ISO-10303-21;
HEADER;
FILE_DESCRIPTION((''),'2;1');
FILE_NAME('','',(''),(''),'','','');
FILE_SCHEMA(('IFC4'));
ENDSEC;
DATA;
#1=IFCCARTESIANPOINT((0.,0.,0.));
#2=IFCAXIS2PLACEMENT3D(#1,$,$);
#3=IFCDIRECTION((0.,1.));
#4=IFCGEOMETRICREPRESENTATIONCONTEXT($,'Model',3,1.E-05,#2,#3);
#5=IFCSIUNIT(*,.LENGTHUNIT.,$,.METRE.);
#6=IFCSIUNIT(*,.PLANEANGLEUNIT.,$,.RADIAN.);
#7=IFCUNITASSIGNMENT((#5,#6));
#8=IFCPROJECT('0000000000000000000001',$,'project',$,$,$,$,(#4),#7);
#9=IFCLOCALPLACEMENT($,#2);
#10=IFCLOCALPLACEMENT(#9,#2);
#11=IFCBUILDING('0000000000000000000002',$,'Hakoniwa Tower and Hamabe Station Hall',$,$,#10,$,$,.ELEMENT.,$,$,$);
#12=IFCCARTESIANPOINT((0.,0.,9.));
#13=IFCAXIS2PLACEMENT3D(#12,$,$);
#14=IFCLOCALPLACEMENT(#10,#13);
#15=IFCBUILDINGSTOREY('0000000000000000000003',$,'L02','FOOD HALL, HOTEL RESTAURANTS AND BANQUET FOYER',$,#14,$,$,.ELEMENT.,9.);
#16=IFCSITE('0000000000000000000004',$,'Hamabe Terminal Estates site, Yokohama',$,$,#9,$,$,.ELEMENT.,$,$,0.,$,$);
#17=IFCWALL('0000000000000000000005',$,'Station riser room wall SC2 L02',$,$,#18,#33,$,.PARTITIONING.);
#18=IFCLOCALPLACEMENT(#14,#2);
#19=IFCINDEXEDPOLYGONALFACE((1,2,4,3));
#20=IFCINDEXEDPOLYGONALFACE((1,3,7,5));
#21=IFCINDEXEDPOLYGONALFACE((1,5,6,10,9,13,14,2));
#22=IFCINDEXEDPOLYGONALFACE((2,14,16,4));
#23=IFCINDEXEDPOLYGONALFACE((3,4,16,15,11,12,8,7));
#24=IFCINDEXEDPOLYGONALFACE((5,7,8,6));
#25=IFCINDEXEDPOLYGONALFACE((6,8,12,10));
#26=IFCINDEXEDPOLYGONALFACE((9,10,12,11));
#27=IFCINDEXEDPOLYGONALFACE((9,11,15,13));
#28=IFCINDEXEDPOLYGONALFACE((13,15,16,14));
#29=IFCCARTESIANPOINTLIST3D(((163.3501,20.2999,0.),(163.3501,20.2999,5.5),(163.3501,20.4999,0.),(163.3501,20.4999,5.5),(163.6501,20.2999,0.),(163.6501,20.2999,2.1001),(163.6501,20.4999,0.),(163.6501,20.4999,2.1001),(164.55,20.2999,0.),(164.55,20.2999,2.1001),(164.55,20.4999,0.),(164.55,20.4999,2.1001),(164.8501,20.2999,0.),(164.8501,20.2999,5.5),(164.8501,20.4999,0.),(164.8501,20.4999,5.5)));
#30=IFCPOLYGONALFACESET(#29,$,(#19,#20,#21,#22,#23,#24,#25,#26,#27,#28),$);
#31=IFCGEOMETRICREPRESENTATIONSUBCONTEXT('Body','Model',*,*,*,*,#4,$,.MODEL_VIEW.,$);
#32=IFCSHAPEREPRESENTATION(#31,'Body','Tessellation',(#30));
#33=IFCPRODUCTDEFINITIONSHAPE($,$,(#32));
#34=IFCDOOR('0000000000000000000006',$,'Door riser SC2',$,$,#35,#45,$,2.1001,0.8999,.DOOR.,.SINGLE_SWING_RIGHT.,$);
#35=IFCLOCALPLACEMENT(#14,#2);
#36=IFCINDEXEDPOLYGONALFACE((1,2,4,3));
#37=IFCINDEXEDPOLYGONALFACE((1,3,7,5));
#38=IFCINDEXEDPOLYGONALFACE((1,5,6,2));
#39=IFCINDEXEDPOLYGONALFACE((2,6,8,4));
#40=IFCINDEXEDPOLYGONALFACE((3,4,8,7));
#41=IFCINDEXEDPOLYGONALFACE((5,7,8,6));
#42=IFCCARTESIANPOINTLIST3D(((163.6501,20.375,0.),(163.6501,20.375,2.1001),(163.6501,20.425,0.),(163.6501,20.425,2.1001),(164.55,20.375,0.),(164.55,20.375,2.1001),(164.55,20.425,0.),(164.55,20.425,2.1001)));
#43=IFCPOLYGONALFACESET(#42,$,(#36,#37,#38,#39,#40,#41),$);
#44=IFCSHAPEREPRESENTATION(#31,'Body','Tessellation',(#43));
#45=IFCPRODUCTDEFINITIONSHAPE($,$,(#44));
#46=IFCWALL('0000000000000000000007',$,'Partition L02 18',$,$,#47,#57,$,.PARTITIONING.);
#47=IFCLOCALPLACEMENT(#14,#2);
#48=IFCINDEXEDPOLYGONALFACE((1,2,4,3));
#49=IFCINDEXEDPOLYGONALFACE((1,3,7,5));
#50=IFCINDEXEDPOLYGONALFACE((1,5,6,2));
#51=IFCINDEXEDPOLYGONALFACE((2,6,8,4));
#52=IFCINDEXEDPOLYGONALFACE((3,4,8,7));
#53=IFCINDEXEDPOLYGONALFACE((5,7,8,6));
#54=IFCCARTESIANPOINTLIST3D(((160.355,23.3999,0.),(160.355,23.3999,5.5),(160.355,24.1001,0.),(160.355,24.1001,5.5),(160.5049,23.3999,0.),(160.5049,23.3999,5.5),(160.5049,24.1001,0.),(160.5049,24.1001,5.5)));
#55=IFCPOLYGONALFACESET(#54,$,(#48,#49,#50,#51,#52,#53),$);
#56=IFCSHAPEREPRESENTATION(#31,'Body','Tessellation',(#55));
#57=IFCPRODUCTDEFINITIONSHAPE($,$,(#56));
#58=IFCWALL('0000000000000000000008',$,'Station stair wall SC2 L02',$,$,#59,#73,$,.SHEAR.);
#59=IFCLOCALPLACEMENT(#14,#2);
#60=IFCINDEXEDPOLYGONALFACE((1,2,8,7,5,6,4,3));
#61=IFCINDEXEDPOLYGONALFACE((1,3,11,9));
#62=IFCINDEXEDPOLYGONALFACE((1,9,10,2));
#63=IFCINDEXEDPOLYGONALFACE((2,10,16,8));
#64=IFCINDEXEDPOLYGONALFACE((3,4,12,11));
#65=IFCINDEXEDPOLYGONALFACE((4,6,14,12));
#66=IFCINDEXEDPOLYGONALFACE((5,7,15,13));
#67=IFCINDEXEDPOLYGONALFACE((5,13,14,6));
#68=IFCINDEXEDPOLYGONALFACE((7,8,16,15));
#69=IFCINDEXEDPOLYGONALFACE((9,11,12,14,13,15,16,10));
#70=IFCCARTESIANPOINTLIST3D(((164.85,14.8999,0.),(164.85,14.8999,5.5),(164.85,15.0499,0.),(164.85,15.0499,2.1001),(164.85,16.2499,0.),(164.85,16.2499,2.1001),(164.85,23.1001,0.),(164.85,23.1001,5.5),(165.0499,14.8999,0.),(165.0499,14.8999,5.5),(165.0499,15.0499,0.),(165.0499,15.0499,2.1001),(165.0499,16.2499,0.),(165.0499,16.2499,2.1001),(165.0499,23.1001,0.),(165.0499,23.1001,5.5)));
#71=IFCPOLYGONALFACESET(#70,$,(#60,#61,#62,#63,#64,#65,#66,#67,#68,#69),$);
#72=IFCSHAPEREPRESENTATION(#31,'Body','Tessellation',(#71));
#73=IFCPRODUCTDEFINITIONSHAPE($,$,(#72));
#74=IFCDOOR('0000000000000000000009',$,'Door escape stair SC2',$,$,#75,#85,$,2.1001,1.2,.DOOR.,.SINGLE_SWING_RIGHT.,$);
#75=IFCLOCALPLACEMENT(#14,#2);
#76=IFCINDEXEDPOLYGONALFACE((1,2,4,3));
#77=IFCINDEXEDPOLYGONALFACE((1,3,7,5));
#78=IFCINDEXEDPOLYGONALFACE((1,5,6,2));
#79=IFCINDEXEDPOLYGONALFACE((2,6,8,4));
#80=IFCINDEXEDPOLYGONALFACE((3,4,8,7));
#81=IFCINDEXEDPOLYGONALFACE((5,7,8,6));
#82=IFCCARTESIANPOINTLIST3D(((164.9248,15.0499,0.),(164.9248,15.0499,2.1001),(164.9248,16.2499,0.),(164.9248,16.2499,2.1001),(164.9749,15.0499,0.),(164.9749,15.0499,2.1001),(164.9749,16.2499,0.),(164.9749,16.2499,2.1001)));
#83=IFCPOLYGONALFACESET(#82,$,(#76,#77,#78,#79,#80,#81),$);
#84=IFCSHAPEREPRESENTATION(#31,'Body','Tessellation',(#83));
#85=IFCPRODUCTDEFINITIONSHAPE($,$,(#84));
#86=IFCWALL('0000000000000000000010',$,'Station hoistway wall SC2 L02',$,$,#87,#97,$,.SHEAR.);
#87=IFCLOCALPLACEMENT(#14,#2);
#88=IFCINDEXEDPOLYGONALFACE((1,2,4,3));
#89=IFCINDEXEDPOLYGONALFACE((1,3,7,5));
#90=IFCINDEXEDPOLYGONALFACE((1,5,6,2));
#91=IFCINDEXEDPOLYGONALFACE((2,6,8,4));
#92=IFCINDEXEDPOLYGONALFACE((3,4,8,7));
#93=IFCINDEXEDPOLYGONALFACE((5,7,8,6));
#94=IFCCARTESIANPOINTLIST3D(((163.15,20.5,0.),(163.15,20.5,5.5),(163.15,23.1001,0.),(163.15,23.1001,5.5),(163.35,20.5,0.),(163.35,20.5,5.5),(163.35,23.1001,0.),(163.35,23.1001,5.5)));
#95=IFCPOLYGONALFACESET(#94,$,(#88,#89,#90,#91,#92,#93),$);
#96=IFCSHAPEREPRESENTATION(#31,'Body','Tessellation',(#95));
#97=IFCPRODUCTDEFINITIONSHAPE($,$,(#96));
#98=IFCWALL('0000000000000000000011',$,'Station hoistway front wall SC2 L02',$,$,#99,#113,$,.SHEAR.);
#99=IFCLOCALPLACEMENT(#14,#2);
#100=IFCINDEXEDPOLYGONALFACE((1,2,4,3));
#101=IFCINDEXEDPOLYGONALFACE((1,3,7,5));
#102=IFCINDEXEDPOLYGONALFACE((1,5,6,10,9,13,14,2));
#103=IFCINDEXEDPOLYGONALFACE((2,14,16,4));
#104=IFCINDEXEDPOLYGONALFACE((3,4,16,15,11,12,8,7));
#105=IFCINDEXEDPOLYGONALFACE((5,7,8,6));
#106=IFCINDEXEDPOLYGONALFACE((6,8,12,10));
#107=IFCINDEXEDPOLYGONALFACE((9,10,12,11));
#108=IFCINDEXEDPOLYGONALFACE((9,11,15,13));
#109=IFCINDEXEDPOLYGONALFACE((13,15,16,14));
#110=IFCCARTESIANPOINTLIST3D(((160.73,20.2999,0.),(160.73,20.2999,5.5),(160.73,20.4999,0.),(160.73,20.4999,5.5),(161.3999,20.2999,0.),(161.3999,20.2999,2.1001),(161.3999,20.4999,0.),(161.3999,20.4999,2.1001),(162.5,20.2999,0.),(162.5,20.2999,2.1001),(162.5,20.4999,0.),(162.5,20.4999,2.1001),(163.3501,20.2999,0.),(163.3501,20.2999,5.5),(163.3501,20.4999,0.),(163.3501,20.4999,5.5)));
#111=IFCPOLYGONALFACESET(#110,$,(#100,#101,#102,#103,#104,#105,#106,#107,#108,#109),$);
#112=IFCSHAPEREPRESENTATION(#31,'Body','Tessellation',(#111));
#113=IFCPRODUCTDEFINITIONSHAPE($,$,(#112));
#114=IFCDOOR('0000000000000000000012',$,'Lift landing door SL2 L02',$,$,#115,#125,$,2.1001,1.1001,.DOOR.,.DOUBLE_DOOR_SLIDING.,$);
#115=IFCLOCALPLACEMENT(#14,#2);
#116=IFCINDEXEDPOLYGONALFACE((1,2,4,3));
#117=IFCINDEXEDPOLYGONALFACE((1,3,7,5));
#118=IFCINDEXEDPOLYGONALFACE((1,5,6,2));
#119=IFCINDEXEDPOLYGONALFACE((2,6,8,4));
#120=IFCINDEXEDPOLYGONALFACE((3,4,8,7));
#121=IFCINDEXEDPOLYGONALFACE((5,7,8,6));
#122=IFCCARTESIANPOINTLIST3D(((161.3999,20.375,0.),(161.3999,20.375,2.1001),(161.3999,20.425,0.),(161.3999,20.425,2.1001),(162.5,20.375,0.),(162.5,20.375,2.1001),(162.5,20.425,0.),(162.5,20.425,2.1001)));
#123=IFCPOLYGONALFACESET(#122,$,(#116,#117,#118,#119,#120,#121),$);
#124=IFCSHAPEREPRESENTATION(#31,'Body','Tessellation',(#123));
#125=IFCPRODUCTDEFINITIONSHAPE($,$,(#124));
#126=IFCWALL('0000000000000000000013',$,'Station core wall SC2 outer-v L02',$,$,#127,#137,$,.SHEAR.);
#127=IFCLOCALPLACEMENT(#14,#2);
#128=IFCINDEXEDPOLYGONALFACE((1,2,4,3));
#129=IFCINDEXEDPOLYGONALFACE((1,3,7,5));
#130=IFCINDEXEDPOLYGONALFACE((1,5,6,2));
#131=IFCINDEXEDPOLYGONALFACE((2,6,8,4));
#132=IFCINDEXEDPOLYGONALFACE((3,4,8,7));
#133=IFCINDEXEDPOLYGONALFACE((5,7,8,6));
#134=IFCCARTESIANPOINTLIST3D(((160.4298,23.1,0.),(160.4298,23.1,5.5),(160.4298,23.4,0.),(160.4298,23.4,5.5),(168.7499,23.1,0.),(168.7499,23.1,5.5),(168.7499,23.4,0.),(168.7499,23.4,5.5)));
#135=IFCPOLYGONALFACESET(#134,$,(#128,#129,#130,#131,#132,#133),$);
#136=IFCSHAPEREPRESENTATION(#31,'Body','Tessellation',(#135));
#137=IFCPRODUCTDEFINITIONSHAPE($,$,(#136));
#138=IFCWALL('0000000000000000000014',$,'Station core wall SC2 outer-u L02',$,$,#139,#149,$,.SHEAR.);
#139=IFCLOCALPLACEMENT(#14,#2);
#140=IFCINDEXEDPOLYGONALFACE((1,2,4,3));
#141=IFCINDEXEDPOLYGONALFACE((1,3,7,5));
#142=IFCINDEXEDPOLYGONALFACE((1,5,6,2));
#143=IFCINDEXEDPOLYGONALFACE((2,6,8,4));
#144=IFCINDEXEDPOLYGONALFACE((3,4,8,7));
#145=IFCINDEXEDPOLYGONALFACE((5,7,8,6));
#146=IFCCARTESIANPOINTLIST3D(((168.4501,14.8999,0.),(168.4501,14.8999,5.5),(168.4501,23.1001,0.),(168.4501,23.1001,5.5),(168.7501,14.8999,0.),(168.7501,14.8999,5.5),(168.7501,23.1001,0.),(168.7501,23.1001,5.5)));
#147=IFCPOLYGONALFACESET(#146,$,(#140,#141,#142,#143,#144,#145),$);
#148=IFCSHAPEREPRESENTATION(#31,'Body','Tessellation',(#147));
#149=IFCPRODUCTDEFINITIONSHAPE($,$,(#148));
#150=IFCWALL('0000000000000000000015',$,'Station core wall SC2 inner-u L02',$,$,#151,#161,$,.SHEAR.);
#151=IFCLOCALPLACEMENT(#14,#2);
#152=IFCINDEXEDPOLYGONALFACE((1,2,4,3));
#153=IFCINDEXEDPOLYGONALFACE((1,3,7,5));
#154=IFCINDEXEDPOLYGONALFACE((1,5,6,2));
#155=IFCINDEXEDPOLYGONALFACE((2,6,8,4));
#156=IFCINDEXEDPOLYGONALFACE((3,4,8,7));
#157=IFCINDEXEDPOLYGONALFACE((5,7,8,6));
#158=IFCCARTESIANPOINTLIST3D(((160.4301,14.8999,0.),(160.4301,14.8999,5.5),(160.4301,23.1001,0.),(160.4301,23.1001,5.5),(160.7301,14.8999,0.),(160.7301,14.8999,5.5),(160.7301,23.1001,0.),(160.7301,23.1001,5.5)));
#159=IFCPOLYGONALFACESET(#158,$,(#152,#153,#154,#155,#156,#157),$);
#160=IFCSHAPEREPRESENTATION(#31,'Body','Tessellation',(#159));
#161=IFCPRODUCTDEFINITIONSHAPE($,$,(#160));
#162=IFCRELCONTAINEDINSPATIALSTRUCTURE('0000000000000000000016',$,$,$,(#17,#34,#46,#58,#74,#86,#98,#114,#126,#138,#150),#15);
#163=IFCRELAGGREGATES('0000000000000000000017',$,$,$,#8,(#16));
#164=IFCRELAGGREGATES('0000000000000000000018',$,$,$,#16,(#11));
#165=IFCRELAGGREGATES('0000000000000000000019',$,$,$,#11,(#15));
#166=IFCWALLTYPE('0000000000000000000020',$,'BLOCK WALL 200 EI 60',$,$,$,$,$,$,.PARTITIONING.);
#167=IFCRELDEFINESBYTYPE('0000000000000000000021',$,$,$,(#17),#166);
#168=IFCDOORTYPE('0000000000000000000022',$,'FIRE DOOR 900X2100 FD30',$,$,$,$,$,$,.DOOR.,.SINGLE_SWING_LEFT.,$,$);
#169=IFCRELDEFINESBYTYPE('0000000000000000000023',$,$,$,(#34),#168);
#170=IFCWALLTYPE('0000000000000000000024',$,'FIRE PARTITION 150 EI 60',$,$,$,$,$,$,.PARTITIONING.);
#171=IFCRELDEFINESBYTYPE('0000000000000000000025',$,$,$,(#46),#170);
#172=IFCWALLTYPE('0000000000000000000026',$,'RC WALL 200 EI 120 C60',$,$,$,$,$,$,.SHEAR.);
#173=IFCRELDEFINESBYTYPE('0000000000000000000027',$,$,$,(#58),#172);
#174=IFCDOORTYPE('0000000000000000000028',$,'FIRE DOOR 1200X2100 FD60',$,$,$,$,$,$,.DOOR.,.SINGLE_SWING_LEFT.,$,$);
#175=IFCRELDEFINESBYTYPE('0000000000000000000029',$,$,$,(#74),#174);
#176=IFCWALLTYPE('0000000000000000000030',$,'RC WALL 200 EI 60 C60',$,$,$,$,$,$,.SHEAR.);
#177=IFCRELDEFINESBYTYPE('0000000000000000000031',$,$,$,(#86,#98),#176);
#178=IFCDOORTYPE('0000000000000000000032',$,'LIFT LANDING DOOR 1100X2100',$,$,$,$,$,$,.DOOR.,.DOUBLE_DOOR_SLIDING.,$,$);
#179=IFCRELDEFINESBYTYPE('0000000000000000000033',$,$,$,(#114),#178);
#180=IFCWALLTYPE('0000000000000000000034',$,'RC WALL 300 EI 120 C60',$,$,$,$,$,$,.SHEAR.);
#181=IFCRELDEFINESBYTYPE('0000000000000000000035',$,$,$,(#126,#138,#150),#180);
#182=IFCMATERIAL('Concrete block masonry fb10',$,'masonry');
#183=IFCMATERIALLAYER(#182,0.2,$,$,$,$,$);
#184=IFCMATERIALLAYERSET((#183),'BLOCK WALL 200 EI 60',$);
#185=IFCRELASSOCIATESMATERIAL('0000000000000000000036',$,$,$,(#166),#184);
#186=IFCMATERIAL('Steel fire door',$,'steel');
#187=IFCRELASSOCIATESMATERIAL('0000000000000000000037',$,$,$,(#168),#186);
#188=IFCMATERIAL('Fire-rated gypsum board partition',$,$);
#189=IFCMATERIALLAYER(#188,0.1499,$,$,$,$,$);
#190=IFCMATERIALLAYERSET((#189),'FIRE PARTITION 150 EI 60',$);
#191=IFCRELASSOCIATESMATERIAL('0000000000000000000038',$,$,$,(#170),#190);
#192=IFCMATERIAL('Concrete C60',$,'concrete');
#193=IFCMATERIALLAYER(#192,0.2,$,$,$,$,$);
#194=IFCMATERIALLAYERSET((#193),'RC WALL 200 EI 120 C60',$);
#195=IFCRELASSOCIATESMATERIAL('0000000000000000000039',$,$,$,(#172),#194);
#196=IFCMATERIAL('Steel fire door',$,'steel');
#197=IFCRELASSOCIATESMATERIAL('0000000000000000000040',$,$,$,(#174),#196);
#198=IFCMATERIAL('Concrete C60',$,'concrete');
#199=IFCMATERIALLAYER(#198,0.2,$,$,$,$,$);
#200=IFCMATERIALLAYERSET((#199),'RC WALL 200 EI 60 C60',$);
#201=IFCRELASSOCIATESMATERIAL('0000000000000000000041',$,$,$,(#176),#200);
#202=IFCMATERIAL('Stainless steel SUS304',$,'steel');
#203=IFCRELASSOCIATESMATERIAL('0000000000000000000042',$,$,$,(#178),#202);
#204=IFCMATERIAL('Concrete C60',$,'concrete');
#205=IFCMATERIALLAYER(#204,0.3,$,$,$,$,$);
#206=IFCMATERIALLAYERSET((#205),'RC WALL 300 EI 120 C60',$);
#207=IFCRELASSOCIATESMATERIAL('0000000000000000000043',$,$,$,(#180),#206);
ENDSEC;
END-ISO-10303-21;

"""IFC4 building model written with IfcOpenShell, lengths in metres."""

from ifc_helpers import new_model, si_unit, direction, frame, frame_2d, origin, place, context, subcontext, project, spatial, rectangle, extrude, material, layer, layer_set, type_object, element, fill, save


model = new_model("IFC4")

# Units and contexts
model_context = context("Model", 3, precision=1e-05, world=origin(), true_north=direction((0.0, 1.0)))
body_context = subcontext(model_context, "Body", "Model", "MODEL_VIEW")
ifc_project = project(units=[si_unit("LENGTHUNIT", "METRE"), si_unit("PLANEANGLEUNIT", "RADIAN")], contexts=[model_context])

# Site, building, storey
site_placement = place(None, origin())
site = spatial("IfcSite", under=ifc_project, at=site_placement, Name="Hamabe Terminal Estates site, Yokohama", CompositionType="ELEMENT", RefElevation=0.0)
building_placement = place(site_placement, origin())
building = spatial("IfcBuilding", under=site, at=building_placement, Name="Hakoniwa Tower and Hamabe Station Hall", CompositionType="ELEMENT")
storey_placement = place(building_placement, frame((0.0, 0.0, 9.0)))
storey = spatial("IfcBuildingStorey", under=building, at=storey_placement, Name="L02", Description="FOOD HALL, HOTEL RESTAURANTS AND BANQUET FOYER", CompositionType="ELEMENT", Elevation=9.0)

# Wall, opening, door
ifc_material_1 = material(Name="Concrete block masonry fb10", Category="masonry")
ifc_layer_1 = layer(ifc_material_1, 0.2)
ifc_layer_set_1 = layer_set([ifc_layer_1], Name="BLOCK WALL 200 EI 60")
wall_type_1 = type_object("IfcWallType", Name="BLOCK WALL 200 EI 60", PredefinedType="PARTITIONING", material=ifc_layer_set_1)
wall_1_placement = place(storey_placement, frame((164.8501, 20.3999, 0.0), z_axis=(0.0, 0.0, 1.0), x_axis=(-1.0, 0.0, 0.0)))
wall_1 = element("IfcWall", 1, at=wall_1_placement, inside=storey, type_object=wall_type_1, Name="Station riser room wall SC2 L02", PredefinedType="PARTITIONING", context=body_context, shape_type="SweptSolid", body=[
    extrude(rectangle(XDim=1.5, YDim=0.2, at=frame_2d((0.75, 0.0))), origin(), (0.0, 0.0, 1.0), 5.5),
])
opening_1_placement = place(wall_1_placement, frame((0.3, 0.0, 0.0)))
opening_1 = element("IfcOpeningElement", 2, at=opening_1_placement, cuts=wall_1, PredefinedType="OPENING", context=body_context, shape_type="SweptSolid", body=[
    extrude(rectangle(XDim=0.8999, YDim=2.1001, at=frame_2d((0.45, 1.05))), frame((0.0, 0.1099, 0.0), z_axis=(0.0, -1.0, 0.0), x_axis=(1.0, 0.0, 0.0)), (0.0, 0.0, 1.0), 0.22),
])
ifc_material_2 = material(Name="Steel fire door", Category="steel")
door_type_1 = type_object("IfcDoorType", Name="FIRE DOOR 900X2100 FD30", OperationType="SINGLE_SWING_LEFT", PredefinedType="DOOR", material=ifc_material_2)
door_1_placement = place(opening_1_placement, origin())
door_1 = element("IfcDoor", 3, at=door_1_placement, inside=storey, type_object=door_type_1, Name="Door riser SC2", OperationType="SINGLE_SWING_RIGHT", OverallHeight=2.1001, OverallWidth=0.8999, PredefinedType="DOOR", context=body_context, shape_type="SweptSolid", body=[
    extrude(rectangle(XDim=0.8999, YDim=2.1001, at=frame_2d((0.45, 1.05))), frame((0.0, 0.0249, 0.0), z_axis=(0.0, -1.0, 0.0), x_axis=(1.0, 0.0, 0.0)), (0.0, 0.0, 1.0), 0.05),
])
fill(opening_1, door_1)

# Wall
ifc_material_3 = material(Name="Fire-rated gypsum board partition")
ifc_layer_2 = layer(ifc_material_3, 0.1499)
ifc_layer_set_2 = layer_set([ifc_layer_2], Name="FIRE PARTITION 150 EI 60")
wall_type_2 = type_object("IfcWallType", Name="FIRE PARTITION 150 EI 60", PredefinedType="PARTITIONING", material=ifc_layer_set_2)
wall_2_placement = place(storey_placement, frame((160.4299, 23.3999, 0.0), z_axis=(0.0, 0.0, 1.0), x_axis=(0.0, 1.0, 0.0)))
element("IfcWall", 4, at=wall_2_placement, inside=storey, type_object=wall_type_2, Name="Partition L02 18", PredefinedType="PARTITIONING", context=body_context, shape_type="SweptSolid", body=[
    extrude(rectangle(XDim=0.7002, YDim=0.1499, at=frame_2d((0.3501, 0.0))), origin(), (0.0, 0.0, 1.0), 5.5),
])

# Wall, opening, door
ifc_material_4 = material(Name="Concrete C60", Category="concrete")
ifc_layer_3 = layer(ifc_material_4, 0.2)
ifc_layer_set_3 = layer_set([ifc_layer_3], Name="RC WALL 200 EI 120 C60")
wall_type_3 = type_object("IfcWallType", Name="RC WALL 200 EI 120 C60", PredefinedType="SHEAR", material=ifc_layer_set_3)
wall_3_placement = place(storey_placement, frame((164.95, 23.1001, 0.0), z_axis=(0.0, 0.0, 1.0), x_axis=(0.0, -1.0, 0.0)))
wall_3 = element("IfcWall", 5, at=wall_3_placement, inside=storey, type_object=wall_type_3, Name="Station stair wall SC2 L02", PredefinedType="SHEAR", context=body_context, shape_type="SweptSolid", body=[
    extrude(rectangle(XDim=8.2002, YDim=0.2, at=frame_2d((4.1001, 0.0))), origin(), (0.0, 0.0, 1.0), 5.5),
])
opening_2_placement = place(wall_3_placement, frame((6.8501, 0.0, 0.0)))
opening_2 = element("IfcOpeningElement", 6, at=opening_2_placement, cuts=wall_3, PredefinedType="OPENING", context=body_context, shape_type="SweptSolid", body=[
    extrude(rectangle(XDim=1.2, YDim=2.1001, at=frame_2d((0.6001, 1.05))), frame((0.0, 0.1099, 0.0), z_axis=(0.0, -1.0, 0.0), x_axis=(1.0, 0.0, 0.0)), (0.0, 0.0, 1.0), 0.22),
])
ifc_material_5 = material(Name="Steel fire door", Category="steel")
door_type_2 = type_object("IfcDoorType", Name="FIRE DOOR 1200X2100 FD60", OperationType="SINGLE_SWING_LEFT", PredefinedType="DOOR", material=ifc_material_5)
door_2_placement = place(opening_2_placement, origin())
door_2 = element("IfcDoor", 7, at=door_2_placement, inside=storey, type_object=door_type_2, Name="Door escape stair SC2", OperationType="SINGLE_SWING_RIGHT", OverallHeight=2.1001, OverallWidth=1.2, PredefinedType="DOOR", context=body_context, shape_type="SweptSolid", body=[
    extrude(rectangle(XDim=1.2, YDim=2.1001, at=frame_2d((0.6001, 1.05))), frame((0.0, 0.0249, 0.0), z_axis=(0.0, -1.0, 0.0), x_axis=(1.0, 0.0, 0.0)), (0.0, 0.0, 1.0), 0.05),
])
fill(opening_2, door_2)

# Wall
ifc_material_6 = material(Name="Concrete C60", Category="concrete")
ifc_layer_4 = layer(ifc_material_6, 0.2)
ifc_layer_set_4 = layer_set([ifc_layer_4], Name="RC WALL 200 EI 60 C60")
wall_type_4 = type_object("IfcWallType", Name="RC WALL 200 EI 60 C60", PredefinedType="SHEAR", material=ifc_layer_set_4)
wall_4_placement = place(storey_placement, frame((163.25, 23.1001, 0.0), z_axis=(0.0, 0.0, 1.0), x_axis=(0.0, -1.0, 0.0)))
element("IfcWall", 8, at=wall_4_placement, inside=storey, type_object=wall_type_4, Name="Station hoistway wall SC2 L02", PredefinedType="SHEAR", context=body_context, shape_type="SweptSolid", body=[
    extrude(rectangle(XDim=2.6001, YDim=0.2, at=frame_2d((1.3, 0.0))), origin(), (0.0, 0.0, 1.0), 5.5),
])

# Wall, opening, door
wall_5_placement = place(storey_placement, frame((163.3501, 20.3999, 0.0), z_axis=(0.0, 0.0, 1.0), x_axis=(-1.0, 0.0, 0.0)))
wall_5 = element("IfcWall", 9, at=wall_5_placement, inside=storey, type_object=wall_type_4, Name="Station hoistway front wall SC2 L02", PredefinedType="SHEAR", context=body_context, shape_type="SweptSolid", body=[
    extrude(rectangle(XDim=2.6201, YDim=0.2, at=frame_2d((1.3101, 0.0))), origin(), (0.0, 0.0, 1.0), 5.5),
])
opening_3_placement = place(wall_5_placement, frame((0.8501, 0.0, 0.0)))
opening_3 = element("IfcOpeningElement", 10, at=opening_3_placement, cuts=wall_5, PredefinedType="OPENING", context=body_context, shape_type="SweptSolid", body=[
    extrude(rectangle(XDim=1.1001, YDim=2.1001, at=frame_2d((0.55, 1.05))), frame((0.0, 0.1099, 0.0), z_axis=(0.0, -1.0, 0.0), x_axis=(1.0, 0.0, 0.0)), (0.0, 0.0, 1.0), 0.22),
])
ifc_material_7 = material(Name="Stainless steel SUS304", Category="steel")
door_type_3 = type_object("IfcDoorType", Name="LIFT LANDING DOOR 1100X2100", OperationType="DOUBLE_DOOR_SLIDING", PredefinedType="DOOR", material=ifc_material_7)
door_3_placement = place(opening_3_placement, origin())
door_3 = element("IfcDoor", 11, at=door_3_placement, inside=storey, type_object=door_type_3, Name="Lift landing door SL2 L02", OperationType="DOUBLE_DOOR_SLIDING", OverallHeight=2.1001, OverallWidth=1.1001, PredefinedType="DOOR", context=body_context, shape_type="SweptSolid", body=[
    extrude(rectangle(XDim=1.1001, YDim=2.1001, at=frame_2d((0.55, 1.05))), frame((0.0, 0.0249, 0.0), z_axis=(0.0, -1.0, 0.0), x_axis=(1.0, 0.0, 0.0)), (0.0, 0.0, 1.0), 0.05),
])
fill(opening_3, door_3)

# Walls
ifc_material_8 = material(Name="Concrete C60", Category="concrete")
ifc_layer_5 = layer(ifc_material_8, 0.3)
ifc_layer_set_5 = layer_set([ifc_layer_5], Name="RC WALL 300 EI 120 C60")
wall_type_5 = type_object("IfcWallType", Name="RC WALL 300 EI 120 C60", PredefinedType="SHEAR", material=ifc_layer_set_5)
wall_6_placement = place(storey_placement, frame((168.75, 23.25, 0.0), z_axis=(0.0, 0.0, 1.0), x_axis=(-1.0, 0.0, 0.0)))
element("IfcWall", 12, at=wall_6_placement, inside=storey, type_object=wall_type_5, Name="Station core wall SC2 outer-v L02", PredefinedType="SHEAR", context=body_context, shape_type="SweptSolid", body=[
    extrude(rectangle(XDim=8.3201, YDim=0.3, at=frame_2d((4.1602, 0.0))), origin(), (0.0, 0.0, 1.0), 5.5),
])
for number, where, z_axis, x_axis, name in (
    (13, (168.6001, 23.1001, 0.0), (0.0, 0.0, 1.0), (0.0, -1.0, 0.0), "Station core wall SC2 outer-u L02"),
    (14, (160.5801, 23.1001, 0.0), (0.0, 0.0, 1.0), (0.0, -1.0, 0.0), "Station core wall SC2 inner-u L02"),
):
    element("IfcWall", number, at=place(storey_placement, frame(where, z_axis=z_axis, x_axis=x_axis)), inside=storey, type_object=wall_type_5, Name=name, PredefinedType="SHEAR", context=body_context, shape_type="SweptSolid", body=[
        extrude(rectangle(XDim=8.2002, YDim=0.3, at=frame_2d((4.1001, 0.0))), origin(), (0.0, 0.0, 1.0), 5.5),
    ])

save(model, "model.ifc")
